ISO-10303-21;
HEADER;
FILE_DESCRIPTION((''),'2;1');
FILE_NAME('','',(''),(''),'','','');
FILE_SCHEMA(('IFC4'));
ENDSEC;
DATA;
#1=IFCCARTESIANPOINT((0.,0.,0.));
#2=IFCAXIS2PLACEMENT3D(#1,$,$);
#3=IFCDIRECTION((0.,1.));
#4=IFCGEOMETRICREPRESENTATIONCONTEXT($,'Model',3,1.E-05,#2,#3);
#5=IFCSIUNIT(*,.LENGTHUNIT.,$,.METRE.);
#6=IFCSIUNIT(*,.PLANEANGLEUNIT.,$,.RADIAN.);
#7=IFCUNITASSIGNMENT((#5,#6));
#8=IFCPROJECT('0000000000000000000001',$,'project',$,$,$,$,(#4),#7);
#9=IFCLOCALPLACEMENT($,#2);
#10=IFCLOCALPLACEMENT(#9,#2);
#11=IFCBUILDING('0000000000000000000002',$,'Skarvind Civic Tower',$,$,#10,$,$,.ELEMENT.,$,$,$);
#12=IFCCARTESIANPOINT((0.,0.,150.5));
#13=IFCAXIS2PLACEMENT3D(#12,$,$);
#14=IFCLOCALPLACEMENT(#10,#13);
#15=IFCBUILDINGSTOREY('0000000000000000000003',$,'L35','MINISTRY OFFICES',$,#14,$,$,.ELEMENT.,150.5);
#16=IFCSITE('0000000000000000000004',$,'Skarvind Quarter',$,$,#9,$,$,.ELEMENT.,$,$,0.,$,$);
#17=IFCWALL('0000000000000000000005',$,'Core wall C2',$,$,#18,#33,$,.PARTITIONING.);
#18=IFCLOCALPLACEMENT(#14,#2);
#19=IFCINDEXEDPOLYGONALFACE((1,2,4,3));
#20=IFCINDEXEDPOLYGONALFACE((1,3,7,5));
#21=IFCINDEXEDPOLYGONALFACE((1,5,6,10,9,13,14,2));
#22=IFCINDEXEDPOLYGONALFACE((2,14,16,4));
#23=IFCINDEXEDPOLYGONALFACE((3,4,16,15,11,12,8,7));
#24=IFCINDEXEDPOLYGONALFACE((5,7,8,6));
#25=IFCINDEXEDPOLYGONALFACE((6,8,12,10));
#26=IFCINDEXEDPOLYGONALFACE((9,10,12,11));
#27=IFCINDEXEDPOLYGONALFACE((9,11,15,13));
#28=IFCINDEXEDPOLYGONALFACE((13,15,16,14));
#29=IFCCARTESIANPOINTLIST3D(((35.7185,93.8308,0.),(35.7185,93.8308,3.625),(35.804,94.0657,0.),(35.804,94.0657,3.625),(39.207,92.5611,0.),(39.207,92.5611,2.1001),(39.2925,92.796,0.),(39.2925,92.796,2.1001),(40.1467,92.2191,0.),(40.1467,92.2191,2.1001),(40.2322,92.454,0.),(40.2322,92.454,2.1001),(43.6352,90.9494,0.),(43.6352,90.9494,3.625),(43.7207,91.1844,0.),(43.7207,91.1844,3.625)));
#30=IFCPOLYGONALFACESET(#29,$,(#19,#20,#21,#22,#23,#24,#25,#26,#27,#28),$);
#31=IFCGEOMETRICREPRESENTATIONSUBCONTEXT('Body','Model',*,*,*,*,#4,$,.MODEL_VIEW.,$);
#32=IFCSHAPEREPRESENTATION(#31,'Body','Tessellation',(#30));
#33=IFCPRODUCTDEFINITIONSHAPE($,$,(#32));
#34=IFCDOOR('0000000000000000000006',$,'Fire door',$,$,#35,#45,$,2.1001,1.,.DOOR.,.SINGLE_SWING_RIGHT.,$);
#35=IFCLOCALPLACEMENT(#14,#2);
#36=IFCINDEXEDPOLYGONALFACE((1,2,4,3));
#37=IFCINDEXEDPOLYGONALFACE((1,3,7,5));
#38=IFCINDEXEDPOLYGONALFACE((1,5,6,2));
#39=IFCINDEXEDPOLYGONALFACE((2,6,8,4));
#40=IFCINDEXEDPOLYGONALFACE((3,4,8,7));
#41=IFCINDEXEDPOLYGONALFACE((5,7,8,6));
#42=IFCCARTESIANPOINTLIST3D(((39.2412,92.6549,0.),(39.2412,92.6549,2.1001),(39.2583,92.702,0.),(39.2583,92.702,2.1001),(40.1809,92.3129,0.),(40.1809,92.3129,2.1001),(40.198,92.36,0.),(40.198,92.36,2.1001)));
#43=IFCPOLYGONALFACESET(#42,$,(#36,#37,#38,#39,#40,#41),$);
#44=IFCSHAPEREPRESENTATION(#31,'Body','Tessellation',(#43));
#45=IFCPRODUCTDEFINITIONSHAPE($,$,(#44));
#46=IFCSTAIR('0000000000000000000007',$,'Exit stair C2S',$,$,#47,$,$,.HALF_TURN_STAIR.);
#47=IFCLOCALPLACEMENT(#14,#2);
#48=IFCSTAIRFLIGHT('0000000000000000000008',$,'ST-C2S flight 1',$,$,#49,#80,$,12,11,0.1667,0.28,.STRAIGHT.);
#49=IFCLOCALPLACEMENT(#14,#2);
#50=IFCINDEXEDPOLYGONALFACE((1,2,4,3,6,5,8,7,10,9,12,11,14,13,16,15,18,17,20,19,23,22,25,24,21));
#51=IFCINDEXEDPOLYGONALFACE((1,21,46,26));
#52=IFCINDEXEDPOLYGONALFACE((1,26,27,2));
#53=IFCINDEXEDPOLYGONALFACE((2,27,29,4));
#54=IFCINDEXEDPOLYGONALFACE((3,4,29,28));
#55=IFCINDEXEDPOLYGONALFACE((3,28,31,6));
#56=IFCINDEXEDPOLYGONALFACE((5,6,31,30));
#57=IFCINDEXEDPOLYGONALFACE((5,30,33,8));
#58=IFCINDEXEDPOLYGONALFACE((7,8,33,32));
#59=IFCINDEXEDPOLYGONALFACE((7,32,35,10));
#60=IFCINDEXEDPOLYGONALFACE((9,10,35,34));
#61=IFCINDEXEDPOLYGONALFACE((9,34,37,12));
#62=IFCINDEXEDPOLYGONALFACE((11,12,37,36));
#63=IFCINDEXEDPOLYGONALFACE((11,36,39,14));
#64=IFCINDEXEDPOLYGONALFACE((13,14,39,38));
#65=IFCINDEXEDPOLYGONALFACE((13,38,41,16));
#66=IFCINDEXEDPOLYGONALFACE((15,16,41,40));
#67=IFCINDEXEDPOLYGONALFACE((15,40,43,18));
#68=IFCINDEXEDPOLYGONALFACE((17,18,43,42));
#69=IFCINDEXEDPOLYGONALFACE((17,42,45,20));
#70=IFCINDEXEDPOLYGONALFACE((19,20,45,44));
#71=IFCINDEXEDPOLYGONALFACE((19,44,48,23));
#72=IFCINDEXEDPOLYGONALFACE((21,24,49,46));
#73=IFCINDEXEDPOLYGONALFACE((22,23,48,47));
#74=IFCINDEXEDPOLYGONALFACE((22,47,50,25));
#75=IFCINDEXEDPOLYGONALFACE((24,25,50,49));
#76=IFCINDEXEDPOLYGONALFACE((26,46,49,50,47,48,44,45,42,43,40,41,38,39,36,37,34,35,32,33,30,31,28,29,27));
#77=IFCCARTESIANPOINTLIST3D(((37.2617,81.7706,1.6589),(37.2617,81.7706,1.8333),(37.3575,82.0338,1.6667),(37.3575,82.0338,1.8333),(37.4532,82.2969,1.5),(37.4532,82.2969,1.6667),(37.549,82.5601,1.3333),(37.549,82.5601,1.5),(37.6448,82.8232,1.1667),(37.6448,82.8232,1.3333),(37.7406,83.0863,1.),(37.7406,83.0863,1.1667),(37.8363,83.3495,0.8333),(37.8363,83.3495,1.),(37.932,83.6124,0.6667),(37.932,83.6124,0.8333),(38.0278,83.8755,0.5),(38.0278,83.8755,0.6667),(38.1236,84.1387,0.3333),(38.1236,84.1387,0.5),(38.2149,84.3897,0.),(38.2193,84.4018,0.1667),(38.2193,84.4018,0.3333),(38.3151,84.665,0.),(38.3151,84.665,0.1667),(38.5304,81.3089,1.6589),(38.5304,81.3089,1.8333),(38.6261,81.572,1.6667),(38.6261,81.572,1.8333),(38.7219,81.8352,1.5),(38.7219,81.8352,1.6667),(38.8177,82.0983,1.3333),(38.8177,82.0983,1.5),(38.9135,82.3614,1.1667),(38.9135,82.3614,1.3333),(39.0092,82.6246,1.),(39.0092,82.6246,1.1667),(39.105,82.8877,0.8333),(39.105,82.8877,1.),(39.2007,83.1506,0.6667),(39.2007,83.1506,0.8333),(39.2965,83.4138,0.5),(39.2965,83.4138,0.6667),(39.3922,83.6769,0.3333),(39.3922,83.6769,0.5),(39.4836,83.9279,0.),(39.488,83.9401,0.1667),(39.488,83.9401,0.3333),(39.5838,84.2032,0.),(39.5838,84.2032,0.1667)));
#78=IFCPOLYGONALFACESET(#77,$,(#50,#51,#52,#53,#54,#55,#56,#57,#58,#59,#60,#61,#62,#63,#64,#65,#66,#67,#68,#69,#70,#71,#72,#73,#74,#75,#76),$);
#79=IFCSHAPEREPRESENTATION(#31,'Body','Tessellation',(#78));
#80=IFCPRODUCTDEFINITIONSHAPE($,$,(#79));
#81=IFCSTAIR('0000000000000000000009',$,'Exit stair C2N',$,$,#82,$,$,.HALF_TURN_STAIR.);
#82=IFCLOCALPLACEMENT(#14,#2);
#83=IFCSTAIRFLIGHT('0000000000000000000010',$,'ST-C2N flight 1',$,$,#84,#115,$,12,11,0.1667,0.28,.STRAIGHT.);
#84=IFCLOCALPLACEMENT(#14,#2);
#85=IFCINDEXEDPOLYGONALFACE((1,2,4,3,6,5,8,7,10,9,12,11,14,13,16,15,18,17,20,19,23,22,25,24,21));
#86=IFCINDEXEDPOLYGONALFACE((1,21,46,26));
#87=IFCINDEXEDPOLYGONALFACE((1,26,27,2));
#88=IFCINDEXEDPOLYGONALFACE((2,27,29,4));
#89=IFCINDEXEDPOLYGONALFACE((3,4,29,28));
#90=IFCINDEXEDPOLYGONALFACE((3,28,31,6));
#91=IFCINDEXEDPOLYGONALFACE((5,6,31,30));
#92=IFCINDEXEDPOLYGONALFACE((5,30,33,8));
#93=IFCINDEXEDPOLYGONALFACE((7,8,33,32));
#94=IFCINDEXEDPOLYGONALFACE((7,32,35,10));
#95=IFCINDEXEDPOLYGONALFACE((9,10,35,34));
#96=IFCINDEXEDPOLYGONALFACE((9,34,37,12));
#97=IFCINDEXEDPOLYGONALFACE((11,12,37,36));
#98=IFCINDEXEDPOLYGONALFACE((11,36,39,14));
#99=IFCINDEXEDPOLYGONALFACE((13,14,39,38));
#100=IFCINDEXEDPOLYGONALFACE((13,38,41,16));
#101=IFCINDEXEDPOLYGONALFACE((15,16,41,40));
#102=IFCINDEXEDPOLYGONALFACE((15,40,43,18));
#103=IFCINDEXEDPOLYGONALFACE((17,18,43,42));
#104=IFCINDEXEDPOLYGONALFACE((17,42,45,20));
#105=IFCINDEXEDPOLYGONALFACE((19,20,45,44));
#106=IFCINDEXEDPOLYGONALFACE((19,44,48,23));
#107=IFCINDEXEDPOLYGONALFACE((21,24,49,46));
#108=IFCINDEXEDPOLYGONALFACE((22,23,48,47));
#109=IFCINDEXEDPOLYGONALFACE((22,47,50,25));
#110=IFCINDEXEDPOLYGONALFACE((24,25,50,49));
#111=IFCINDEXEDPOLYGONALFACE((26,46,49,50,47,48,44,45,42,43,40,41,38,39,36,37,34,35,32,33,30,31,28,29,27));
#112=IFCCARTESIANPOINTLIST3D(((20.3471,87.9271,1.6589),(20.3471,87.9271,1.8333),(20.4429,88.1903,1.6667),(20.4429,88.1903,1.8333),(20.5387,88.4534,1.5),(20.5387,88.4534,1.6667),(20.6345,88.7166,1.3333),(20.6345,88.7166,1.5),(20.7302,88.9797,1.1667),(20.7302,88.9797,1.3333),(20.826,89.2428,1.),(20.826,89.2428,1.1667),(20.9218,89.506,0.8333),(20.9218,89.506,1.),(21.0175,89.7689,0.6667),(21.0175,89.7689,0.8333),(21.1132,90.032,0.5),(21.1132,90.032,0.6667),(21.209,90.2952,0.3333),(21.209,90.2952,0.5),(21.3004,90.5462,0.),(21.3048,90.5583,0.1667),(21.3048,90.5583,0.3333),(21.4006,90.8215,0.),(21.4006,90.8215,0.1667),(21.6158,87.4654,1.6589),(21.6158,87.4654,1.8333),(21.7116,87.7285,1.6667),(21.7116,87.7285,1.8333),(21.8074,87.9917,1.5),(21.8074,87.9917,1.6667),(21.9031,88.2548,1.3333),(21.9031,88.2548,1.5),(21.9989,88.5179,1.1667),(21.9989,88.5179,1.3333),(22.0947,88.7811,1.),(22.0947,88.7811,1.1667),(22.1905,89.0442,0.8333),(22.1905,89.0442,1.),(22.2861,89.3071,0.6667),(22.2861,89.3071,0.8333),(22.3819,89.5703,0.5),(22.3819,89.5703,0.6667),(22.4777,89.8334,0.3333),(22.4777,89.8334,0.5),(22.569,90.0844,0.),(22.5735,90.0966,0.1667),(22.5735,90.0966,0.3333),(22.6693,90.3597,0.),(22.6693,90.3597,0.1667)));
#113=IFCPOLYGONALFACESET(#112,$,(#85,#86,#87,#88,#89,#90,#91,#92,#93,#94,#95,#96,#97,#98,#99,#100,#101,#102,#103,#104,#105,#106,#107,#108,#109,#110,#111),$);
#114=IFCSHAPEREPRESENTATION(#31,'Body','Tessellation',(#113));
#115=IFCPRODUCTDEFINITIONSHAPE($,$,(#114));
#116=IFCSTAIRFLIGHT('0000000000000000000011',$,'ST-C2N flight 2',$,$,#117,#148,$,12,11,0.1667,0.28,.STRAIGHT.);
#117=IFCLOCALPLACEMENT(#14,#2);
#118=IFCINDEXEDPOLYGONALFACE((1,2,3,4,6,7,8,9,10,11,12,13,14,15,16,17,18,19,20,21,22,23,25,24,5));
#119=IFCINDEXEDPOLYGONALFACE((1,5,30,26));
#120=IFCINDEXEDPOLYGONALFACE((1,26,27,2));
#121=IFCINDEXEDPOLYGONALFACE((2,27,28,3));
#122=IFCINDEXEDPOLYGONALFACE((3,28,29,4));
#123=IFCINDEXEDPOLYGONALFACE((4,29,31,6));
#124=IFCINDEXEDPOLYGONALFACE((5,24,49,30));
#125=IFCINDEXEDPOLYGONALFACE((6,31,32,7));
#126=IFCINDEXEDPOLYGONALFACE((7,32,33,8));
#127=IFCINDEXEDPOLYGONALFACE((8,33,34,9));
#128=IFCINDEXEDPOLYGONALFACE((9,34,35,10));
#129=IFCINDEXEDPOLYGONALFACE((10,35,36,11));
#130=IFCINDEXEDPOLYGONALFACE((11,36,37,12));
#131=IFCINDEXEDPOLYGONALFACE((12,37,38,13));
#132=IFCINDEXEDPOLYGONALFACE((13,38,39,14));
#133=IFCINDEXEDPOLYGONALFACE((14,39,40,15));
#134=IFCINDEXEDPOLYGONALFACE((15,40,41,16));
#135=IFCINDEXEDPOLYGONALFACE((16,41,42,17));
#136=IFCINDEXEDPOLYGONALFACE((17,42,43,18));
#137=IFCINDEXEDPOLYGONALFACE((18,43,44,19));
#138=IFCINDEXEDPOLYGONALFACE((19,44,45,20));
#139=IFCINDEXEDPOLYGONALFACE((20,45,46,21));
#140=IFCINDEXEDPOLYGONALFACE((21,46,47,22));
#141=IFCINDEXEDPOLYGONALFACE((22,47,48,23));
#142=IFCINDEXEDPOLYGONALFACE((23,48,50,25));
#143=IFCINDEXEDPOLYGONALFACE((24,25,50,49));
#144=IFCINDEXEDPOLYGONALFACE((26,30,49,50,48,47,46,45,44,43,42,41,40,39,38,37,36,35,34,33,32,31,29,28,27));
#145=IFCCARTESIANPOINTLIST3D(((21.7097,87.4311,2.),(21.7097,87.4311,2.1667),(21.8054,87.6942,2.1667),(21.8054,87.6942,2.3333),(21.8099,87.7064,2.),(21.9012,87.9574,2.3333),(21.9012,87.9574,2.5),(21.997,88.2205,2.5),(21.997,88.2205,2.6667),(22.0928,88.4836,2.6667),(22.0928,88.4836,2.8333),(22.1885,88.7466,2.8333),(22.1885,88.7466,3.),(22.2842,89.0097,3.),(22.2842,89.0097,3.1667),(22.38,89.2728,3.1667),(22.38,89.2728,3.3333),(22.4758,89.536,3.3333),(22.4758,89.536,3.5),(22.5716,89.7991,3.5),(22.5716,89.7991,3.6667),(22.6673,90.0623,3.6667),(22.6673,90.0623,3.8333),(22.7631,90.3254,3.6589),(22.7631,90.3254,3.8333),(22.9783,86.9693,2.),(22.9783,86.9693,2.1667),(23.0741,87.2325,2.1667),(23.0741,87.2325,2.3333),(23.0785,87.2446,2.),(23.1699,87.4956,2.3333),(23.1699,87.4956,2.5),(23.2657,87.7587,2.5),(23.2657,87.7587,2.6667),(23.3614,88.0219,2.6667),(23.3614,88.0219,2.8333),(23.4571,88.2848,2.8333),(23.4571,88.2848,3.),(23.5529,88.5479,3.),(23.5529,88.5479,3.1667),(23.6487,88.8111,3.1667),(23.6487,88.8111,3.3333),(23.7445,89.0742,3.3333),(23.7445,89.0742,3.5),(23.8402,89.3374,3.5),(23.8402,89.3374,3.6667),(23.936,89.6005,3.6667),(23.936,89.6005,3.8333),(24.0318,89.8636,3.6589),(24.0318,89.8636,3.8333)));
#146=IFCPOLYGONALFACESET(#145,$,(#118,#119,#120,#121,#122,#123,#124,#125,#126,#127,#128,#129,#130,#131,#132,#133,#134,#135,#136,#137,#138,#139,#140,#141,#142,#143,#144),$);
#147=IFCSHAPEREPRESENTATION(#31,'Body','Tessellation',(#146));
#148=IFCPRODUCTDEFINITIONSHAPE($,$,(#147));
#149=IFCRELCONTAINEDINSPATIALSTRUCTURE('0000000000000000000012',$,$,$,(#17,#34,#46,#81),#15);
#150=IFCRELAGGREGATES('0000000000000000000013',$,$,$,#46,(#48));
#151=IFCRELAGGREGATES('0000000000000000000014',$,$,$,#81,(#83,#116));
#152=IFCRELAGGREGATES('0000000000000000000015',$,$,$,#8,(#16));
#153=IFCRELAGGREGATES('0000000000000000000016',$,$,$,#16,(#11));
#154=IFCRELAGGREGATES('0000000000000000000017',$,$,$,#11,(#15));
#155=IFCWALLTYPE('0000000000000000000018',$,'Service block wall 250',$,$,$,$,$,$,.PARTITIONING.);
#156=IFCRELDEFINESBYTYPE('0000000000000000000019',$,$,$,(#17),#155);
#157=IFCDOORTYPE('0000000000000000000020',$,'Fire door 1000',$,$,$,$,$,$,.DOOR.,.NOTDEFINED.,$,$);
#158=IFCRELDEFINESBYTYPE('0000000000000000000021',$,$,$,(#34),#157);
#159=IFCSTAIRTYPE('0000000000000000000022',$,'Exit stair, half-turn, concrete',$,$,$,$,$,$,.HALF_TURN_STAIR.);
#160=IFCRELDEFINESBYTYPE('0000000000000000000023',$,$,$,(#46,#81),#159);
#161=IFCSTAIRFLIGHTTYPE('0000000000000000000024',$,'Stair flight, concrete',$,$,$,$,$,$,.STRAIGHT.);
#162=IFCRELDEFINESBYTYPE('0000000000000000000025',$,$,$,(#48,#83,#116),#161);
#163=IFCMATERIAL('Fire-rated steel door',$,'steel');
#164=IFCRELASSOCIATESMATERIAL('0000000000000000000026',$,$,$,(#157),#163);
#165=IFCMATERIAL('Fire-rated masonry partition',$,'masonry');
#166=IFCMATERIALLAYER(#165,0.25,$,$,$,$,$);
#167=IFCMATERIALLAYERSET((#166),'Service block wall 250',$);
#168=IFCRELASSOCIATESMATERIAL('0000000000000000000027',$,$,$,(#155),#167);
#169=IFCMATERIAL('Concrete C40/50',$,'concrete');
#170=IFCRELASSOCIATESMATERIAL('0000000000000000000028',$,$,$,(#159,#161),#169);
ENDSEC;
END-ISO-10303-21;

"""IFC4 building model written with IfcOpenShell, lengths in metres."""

from ifc_helpers import new_model, si_unit, direction, frame, frame_2d, origin, place, context, subcontext, project, spatial, polyline, rectangle, outline, extrude, material, layer, layer_set, type_object, element, fill, aggregate, save


model = new_model("IFC4")

# Units and contexts
model_context = context("Model", 3, precision=1e-05, world=origin(), true_north=direction((0.0, 1.0)))
body_context = subcontext(model_context, "Body", "Model", "MODEL_VIEW")
ifc_project = project(units=[si_unit("LENGTHUNIT", "METRE"), si_unit("PLANEANGLEUNIT", "RADIAN")], contexts=[model_context])

# Site, building, storey
site_placement = place(None, origin())
site = spatial("IfcSite", under=ifc_project, at=site_placement, Name="Skarvind Quarter", CompositionType="ELEMENT", RefElevation=0.0)
building_placement = place(site_placement, origin())
building = spatial("IfcBuilding", under=site, at=building_placement, Name="Skarvind Civic Tower", CompositionType="ELEMENT")
storey_placement = place(building_placement, frame((0.0, 0.0, 150.5)))
storey = spatial("IfcBuildingStorey", under=building, at=storey_placement, Name="L35", Description="MINISTRY OFFICES", CompositionType="ELEMENT", Elevation=150.5)

# Shared definitions
ifc_material_1 = material(Name="Fire-rated masonry partition", Category="masonry")
ifc_material_2 = material(Name="Fire-rated steel door", Category="steel")

# Shared definitions
door_type_1 = type_object("IfcDoorType", Name="Fire door 1000", OperationType="NOTDEFINED", PredefinedType="DOOR", material=ifc_material_2)

# Wall, opening, door
ifc_layer_1 = layer(ifc_material_1, 0.25)
ifc_layer_set_1 = layer_set([ifc_layer_1], Name="Service block wall 250")
wall_type_1 = type_object("IfcWallType", Name="Service block wall 250", PredefinedType="PARTITIONING", material=ifc_layer_set_1)
wall_1_placement = place(storey_placement, frame((35.7612, 93.9482, 0.0), z_axis=(0.0, 0.0, 1.0), x_axis=(0.939697, -0.342008, 0.0)))
wall_1 = element("IfcWall", 1, at=wall_1_placement, inside=storey, type_object=wall_type_1, Name="Core wall C2", PredefinedType="PARTITIONING", context=body_context, shape_type="SweptSolid", body=[
    extrude(rectangle(XDim=8.4248, YDim=0.25, at=frame_2d((4.2124, 0.0))), origin(), (0.0, 0.0, 1.0), 3.625),
])
opening_1_placement = place(wall_1_placement, frame((3.7124, 0.0, 0.0)))
opening_1 = element("IfcOpeningElement", 2, at=opening_1_placement, cuts=wall_1, PredefinedType="OPENING", context=body_context, shape_type="SweptSolid", body=[
    extrude(rectangle(XDim=1.0, YDim=2.1001, at=frame_2d((0.5, 1.05))), frame((0.0, 0.135, 0.0), z_axis=(0.0, -1.0, 0.0), x_axis=(1.0, 0.0, 0.0)), (0.0, 0.0, 1.0), 0.27),
])
door_1_placement = place(opening_1_placement, origin())
door_1 = element("IfcDoor", 3, at=door_1_placement, inside=storey, type_object=door_type_1, Name="Fire door", OperationType="SINGLE_SWING_RIGHT", OverallHeight=2.1001, OverallWidth=1.0, PredefinedType="DOOR", context=body_context, shape_type="SweptSolid", body=[
    extrude(rectangle(XDim=1.0, YDim=2.1001, at=frame_2d((0.5, 1.05))), frame((0.0, 0.0249, 0.0), z_axis=(0.0, -1.0, 0.0), x_axis=(1.0, 0.0, 0.0)), (0.0, 0.0, 1.0), 0.05),
])
fill(opening_1, door_1)

# Stair, stair flight
ifc_material_3 = material(Name="Concrete C40/50", Category="concrete")
stair_type = type_object("IfcStairType", Name="Exit stair, half-turn, concrete", PredefinedType="HALF_TURN_STAIR", material=ifc_material_3)
stair_1_placement = place(storey_placement, origin())
stair_1 = element("IfcStair", 4, at=stair_1_placement, inside=storey, type_object=stair_type, Name="Exit stair C2S", PredefinedType="HALF_TURN_STAIR")
stair_flight_type = type_object("IfcStairFlightType", Name="Stair flight, concrete", PredefinedType="STRAIGHT", material=ifc_material_3)
stair_flight_1_placement = place(storey_placement, frame((38.9495, 84.4341, 0.0), z_axis=(0.0, 0.0, 1.0), x_axis=(-0.34202, -0.939693, 0.0)))
stair_flight_1 = element("IfcStairFlight", 5, at=stair_flight_1_placement, type_object=stair_flight_type, Name="ST-C2S flight 1", NumberOfRisers=12, NumberOfTreads=11, PredefinedType="STRAIGHT", RiserHeight=0.1667, TreadLength=0.28, context=body_context, shape_type="SweptSolid", body=[
    extrude(outline(polyline([(0.0, 0.0), (0.0, 0.1667), (0.28, 0.1667), (0.28, 0.3333), (0.5601, 0.3333), (0.5601, 0.5), (0.8401, 0.5), (0.8401, 0.6667), (1.1201, 0.6667), (1.1201, 0.8333), (1.3999, 0.8333), (1.3999, 1.0), (1.6799, 1.0), (1.6799, 1.1667), (1.96, 1.1667), (1.96, 1.3333), (2.24, 1.3333), (2.24, 1.5), (2.52, 1.5), (2.52, 1.6667), (2.8, 1.6667), (2.8, 1.8333), (3.0801, 1.8333), (3.0801, 2.0), (3.0801, 1.6589), (0.293, 0.0), (0.0, 0.0)])), frame((0.0, 0.675, 0.0), z_axis=(0.0, -1.0, 0.0), x_axis=(1.0, 0.0, 0.0)), (0.0, 0.0, 1.0), 1.3501),
])
aggregate(stair_1, [stair_flight_1])

# Stair, stair flights
stair_2_placement = place(storey_placement, origin())
stair_2 = element("IfcStair", 6, at=stair_2_placement, inside=storey, type_object=stair_type, Name="Exit stair C2N", PredefinedType="HALF_TURN_STAIR")
stair_flight_2_placement = place(storey_placement, frame((22.0349, 90.5906, 0.0), z_axis=(0.0, 0.0, 1.0), x_axis=(-0.34202, -0.939693, 0.0)))
stair_flight_2 = element("IfcStairFlight", 7, at=stair_flight_2_placement, type_object=stair_flight_type, Name="ST-C2N flight 1", NumberOfRisers=12, NumberOfTreads=11, PredefinedType="STRAIGHT", RiserHeight=0.1667, TreadLength=0.28, context=body_context, shape_type="SweptSolid", body=[
    extrude(outline(polyline([(0.0, 0.0), (0.0, 0.1667), (0.28, 0.1667), (0.28, 0.3333), (0.5601, 0.3333), (0.5601, 0.5), (0.8401, 0.5), (0.8401, 0.6667), (1.1201, 0.6667), (1.1201, 0.8333), (1.3999, 0.8333), (1.3999, 1.0), (1.6799, 1.0), (1.6799, 1.1667), (1.96, 1.1667), (1.96, 1.3333), (2.24, 1.3333), (2.24, 1.5), (2.52, 1.5), (2.52, 1.6667), (2.8, 1.6667), (2.8, 1.8333), (3.0801, 1.8333), (3.0801, 2.0), (3.0801, 1.6589), (0.293, 0.0), (0.0, 0.0)])), frame((0.0, 0.675, 0.0), z_axis=(0.0, -1.0, 0.0), x_axis=(1.0, 0.0, 0.0)), (0.0, 0.0, 1.0), 1.3501),
])
stair_flight_3_placement = place(storey_placement, frame((22.344, 87.2002, 2.0), z_axis=(0.0, 0.0, 1.0), x_axis=(0.34202, 0.939693, 0.0)))
stair_flight_3 = element("IfcStairFlight", 8, at=stair_flight_3_placement, type_object=stair_flight_type, Name="ST-C2N flight 2", NumberOfRisers=12, NumberOfTreads=11, PredefinedType="STRAIGHT", RiserHeight=0.1667, TreadLength=0.28, context=body_context, shape_type="SweptSolid", body=[
    extrude(outline(polyline([(0.0, 0.0), (0.0, 0.1667), (0.28, 0.1667), (0.28, 0.3333), (0.5601, 0.3333), (0.5601, 0.5), (0.8401, 0.5), (0.8401, 0.6667), (1.1201, 0.6667), (1.1201, 0.8333), (1.3999, 0.8333), (1.3999, 1.0), (1.6799, 1.0), (1.6799, 1.1667), (1.96, 1.1667), (1.96, 1.3333), (2.24, 1.3333), (2.24, 1.5), (2.52, 1.5), (2.52, 1.6667), (2.8, 1.6667), (2.8, 1.8333), (3.0801, 1.8333), (3.0801, 2.0), (3.0801, 1.6589), (0.293, 0.0), (0.0, 0.0)])), frame((0.0, 0.675, 0.0), z_axis=(0.0, -1.0, 0.0), x_axis=(1.0, 0.0, 0.0)), (0.0, 0.0, 1.0), 1.3501),
])
aggregate(stair_2, [stair_flight_2, stair_flight_3])

save(model, "model.ifc")
